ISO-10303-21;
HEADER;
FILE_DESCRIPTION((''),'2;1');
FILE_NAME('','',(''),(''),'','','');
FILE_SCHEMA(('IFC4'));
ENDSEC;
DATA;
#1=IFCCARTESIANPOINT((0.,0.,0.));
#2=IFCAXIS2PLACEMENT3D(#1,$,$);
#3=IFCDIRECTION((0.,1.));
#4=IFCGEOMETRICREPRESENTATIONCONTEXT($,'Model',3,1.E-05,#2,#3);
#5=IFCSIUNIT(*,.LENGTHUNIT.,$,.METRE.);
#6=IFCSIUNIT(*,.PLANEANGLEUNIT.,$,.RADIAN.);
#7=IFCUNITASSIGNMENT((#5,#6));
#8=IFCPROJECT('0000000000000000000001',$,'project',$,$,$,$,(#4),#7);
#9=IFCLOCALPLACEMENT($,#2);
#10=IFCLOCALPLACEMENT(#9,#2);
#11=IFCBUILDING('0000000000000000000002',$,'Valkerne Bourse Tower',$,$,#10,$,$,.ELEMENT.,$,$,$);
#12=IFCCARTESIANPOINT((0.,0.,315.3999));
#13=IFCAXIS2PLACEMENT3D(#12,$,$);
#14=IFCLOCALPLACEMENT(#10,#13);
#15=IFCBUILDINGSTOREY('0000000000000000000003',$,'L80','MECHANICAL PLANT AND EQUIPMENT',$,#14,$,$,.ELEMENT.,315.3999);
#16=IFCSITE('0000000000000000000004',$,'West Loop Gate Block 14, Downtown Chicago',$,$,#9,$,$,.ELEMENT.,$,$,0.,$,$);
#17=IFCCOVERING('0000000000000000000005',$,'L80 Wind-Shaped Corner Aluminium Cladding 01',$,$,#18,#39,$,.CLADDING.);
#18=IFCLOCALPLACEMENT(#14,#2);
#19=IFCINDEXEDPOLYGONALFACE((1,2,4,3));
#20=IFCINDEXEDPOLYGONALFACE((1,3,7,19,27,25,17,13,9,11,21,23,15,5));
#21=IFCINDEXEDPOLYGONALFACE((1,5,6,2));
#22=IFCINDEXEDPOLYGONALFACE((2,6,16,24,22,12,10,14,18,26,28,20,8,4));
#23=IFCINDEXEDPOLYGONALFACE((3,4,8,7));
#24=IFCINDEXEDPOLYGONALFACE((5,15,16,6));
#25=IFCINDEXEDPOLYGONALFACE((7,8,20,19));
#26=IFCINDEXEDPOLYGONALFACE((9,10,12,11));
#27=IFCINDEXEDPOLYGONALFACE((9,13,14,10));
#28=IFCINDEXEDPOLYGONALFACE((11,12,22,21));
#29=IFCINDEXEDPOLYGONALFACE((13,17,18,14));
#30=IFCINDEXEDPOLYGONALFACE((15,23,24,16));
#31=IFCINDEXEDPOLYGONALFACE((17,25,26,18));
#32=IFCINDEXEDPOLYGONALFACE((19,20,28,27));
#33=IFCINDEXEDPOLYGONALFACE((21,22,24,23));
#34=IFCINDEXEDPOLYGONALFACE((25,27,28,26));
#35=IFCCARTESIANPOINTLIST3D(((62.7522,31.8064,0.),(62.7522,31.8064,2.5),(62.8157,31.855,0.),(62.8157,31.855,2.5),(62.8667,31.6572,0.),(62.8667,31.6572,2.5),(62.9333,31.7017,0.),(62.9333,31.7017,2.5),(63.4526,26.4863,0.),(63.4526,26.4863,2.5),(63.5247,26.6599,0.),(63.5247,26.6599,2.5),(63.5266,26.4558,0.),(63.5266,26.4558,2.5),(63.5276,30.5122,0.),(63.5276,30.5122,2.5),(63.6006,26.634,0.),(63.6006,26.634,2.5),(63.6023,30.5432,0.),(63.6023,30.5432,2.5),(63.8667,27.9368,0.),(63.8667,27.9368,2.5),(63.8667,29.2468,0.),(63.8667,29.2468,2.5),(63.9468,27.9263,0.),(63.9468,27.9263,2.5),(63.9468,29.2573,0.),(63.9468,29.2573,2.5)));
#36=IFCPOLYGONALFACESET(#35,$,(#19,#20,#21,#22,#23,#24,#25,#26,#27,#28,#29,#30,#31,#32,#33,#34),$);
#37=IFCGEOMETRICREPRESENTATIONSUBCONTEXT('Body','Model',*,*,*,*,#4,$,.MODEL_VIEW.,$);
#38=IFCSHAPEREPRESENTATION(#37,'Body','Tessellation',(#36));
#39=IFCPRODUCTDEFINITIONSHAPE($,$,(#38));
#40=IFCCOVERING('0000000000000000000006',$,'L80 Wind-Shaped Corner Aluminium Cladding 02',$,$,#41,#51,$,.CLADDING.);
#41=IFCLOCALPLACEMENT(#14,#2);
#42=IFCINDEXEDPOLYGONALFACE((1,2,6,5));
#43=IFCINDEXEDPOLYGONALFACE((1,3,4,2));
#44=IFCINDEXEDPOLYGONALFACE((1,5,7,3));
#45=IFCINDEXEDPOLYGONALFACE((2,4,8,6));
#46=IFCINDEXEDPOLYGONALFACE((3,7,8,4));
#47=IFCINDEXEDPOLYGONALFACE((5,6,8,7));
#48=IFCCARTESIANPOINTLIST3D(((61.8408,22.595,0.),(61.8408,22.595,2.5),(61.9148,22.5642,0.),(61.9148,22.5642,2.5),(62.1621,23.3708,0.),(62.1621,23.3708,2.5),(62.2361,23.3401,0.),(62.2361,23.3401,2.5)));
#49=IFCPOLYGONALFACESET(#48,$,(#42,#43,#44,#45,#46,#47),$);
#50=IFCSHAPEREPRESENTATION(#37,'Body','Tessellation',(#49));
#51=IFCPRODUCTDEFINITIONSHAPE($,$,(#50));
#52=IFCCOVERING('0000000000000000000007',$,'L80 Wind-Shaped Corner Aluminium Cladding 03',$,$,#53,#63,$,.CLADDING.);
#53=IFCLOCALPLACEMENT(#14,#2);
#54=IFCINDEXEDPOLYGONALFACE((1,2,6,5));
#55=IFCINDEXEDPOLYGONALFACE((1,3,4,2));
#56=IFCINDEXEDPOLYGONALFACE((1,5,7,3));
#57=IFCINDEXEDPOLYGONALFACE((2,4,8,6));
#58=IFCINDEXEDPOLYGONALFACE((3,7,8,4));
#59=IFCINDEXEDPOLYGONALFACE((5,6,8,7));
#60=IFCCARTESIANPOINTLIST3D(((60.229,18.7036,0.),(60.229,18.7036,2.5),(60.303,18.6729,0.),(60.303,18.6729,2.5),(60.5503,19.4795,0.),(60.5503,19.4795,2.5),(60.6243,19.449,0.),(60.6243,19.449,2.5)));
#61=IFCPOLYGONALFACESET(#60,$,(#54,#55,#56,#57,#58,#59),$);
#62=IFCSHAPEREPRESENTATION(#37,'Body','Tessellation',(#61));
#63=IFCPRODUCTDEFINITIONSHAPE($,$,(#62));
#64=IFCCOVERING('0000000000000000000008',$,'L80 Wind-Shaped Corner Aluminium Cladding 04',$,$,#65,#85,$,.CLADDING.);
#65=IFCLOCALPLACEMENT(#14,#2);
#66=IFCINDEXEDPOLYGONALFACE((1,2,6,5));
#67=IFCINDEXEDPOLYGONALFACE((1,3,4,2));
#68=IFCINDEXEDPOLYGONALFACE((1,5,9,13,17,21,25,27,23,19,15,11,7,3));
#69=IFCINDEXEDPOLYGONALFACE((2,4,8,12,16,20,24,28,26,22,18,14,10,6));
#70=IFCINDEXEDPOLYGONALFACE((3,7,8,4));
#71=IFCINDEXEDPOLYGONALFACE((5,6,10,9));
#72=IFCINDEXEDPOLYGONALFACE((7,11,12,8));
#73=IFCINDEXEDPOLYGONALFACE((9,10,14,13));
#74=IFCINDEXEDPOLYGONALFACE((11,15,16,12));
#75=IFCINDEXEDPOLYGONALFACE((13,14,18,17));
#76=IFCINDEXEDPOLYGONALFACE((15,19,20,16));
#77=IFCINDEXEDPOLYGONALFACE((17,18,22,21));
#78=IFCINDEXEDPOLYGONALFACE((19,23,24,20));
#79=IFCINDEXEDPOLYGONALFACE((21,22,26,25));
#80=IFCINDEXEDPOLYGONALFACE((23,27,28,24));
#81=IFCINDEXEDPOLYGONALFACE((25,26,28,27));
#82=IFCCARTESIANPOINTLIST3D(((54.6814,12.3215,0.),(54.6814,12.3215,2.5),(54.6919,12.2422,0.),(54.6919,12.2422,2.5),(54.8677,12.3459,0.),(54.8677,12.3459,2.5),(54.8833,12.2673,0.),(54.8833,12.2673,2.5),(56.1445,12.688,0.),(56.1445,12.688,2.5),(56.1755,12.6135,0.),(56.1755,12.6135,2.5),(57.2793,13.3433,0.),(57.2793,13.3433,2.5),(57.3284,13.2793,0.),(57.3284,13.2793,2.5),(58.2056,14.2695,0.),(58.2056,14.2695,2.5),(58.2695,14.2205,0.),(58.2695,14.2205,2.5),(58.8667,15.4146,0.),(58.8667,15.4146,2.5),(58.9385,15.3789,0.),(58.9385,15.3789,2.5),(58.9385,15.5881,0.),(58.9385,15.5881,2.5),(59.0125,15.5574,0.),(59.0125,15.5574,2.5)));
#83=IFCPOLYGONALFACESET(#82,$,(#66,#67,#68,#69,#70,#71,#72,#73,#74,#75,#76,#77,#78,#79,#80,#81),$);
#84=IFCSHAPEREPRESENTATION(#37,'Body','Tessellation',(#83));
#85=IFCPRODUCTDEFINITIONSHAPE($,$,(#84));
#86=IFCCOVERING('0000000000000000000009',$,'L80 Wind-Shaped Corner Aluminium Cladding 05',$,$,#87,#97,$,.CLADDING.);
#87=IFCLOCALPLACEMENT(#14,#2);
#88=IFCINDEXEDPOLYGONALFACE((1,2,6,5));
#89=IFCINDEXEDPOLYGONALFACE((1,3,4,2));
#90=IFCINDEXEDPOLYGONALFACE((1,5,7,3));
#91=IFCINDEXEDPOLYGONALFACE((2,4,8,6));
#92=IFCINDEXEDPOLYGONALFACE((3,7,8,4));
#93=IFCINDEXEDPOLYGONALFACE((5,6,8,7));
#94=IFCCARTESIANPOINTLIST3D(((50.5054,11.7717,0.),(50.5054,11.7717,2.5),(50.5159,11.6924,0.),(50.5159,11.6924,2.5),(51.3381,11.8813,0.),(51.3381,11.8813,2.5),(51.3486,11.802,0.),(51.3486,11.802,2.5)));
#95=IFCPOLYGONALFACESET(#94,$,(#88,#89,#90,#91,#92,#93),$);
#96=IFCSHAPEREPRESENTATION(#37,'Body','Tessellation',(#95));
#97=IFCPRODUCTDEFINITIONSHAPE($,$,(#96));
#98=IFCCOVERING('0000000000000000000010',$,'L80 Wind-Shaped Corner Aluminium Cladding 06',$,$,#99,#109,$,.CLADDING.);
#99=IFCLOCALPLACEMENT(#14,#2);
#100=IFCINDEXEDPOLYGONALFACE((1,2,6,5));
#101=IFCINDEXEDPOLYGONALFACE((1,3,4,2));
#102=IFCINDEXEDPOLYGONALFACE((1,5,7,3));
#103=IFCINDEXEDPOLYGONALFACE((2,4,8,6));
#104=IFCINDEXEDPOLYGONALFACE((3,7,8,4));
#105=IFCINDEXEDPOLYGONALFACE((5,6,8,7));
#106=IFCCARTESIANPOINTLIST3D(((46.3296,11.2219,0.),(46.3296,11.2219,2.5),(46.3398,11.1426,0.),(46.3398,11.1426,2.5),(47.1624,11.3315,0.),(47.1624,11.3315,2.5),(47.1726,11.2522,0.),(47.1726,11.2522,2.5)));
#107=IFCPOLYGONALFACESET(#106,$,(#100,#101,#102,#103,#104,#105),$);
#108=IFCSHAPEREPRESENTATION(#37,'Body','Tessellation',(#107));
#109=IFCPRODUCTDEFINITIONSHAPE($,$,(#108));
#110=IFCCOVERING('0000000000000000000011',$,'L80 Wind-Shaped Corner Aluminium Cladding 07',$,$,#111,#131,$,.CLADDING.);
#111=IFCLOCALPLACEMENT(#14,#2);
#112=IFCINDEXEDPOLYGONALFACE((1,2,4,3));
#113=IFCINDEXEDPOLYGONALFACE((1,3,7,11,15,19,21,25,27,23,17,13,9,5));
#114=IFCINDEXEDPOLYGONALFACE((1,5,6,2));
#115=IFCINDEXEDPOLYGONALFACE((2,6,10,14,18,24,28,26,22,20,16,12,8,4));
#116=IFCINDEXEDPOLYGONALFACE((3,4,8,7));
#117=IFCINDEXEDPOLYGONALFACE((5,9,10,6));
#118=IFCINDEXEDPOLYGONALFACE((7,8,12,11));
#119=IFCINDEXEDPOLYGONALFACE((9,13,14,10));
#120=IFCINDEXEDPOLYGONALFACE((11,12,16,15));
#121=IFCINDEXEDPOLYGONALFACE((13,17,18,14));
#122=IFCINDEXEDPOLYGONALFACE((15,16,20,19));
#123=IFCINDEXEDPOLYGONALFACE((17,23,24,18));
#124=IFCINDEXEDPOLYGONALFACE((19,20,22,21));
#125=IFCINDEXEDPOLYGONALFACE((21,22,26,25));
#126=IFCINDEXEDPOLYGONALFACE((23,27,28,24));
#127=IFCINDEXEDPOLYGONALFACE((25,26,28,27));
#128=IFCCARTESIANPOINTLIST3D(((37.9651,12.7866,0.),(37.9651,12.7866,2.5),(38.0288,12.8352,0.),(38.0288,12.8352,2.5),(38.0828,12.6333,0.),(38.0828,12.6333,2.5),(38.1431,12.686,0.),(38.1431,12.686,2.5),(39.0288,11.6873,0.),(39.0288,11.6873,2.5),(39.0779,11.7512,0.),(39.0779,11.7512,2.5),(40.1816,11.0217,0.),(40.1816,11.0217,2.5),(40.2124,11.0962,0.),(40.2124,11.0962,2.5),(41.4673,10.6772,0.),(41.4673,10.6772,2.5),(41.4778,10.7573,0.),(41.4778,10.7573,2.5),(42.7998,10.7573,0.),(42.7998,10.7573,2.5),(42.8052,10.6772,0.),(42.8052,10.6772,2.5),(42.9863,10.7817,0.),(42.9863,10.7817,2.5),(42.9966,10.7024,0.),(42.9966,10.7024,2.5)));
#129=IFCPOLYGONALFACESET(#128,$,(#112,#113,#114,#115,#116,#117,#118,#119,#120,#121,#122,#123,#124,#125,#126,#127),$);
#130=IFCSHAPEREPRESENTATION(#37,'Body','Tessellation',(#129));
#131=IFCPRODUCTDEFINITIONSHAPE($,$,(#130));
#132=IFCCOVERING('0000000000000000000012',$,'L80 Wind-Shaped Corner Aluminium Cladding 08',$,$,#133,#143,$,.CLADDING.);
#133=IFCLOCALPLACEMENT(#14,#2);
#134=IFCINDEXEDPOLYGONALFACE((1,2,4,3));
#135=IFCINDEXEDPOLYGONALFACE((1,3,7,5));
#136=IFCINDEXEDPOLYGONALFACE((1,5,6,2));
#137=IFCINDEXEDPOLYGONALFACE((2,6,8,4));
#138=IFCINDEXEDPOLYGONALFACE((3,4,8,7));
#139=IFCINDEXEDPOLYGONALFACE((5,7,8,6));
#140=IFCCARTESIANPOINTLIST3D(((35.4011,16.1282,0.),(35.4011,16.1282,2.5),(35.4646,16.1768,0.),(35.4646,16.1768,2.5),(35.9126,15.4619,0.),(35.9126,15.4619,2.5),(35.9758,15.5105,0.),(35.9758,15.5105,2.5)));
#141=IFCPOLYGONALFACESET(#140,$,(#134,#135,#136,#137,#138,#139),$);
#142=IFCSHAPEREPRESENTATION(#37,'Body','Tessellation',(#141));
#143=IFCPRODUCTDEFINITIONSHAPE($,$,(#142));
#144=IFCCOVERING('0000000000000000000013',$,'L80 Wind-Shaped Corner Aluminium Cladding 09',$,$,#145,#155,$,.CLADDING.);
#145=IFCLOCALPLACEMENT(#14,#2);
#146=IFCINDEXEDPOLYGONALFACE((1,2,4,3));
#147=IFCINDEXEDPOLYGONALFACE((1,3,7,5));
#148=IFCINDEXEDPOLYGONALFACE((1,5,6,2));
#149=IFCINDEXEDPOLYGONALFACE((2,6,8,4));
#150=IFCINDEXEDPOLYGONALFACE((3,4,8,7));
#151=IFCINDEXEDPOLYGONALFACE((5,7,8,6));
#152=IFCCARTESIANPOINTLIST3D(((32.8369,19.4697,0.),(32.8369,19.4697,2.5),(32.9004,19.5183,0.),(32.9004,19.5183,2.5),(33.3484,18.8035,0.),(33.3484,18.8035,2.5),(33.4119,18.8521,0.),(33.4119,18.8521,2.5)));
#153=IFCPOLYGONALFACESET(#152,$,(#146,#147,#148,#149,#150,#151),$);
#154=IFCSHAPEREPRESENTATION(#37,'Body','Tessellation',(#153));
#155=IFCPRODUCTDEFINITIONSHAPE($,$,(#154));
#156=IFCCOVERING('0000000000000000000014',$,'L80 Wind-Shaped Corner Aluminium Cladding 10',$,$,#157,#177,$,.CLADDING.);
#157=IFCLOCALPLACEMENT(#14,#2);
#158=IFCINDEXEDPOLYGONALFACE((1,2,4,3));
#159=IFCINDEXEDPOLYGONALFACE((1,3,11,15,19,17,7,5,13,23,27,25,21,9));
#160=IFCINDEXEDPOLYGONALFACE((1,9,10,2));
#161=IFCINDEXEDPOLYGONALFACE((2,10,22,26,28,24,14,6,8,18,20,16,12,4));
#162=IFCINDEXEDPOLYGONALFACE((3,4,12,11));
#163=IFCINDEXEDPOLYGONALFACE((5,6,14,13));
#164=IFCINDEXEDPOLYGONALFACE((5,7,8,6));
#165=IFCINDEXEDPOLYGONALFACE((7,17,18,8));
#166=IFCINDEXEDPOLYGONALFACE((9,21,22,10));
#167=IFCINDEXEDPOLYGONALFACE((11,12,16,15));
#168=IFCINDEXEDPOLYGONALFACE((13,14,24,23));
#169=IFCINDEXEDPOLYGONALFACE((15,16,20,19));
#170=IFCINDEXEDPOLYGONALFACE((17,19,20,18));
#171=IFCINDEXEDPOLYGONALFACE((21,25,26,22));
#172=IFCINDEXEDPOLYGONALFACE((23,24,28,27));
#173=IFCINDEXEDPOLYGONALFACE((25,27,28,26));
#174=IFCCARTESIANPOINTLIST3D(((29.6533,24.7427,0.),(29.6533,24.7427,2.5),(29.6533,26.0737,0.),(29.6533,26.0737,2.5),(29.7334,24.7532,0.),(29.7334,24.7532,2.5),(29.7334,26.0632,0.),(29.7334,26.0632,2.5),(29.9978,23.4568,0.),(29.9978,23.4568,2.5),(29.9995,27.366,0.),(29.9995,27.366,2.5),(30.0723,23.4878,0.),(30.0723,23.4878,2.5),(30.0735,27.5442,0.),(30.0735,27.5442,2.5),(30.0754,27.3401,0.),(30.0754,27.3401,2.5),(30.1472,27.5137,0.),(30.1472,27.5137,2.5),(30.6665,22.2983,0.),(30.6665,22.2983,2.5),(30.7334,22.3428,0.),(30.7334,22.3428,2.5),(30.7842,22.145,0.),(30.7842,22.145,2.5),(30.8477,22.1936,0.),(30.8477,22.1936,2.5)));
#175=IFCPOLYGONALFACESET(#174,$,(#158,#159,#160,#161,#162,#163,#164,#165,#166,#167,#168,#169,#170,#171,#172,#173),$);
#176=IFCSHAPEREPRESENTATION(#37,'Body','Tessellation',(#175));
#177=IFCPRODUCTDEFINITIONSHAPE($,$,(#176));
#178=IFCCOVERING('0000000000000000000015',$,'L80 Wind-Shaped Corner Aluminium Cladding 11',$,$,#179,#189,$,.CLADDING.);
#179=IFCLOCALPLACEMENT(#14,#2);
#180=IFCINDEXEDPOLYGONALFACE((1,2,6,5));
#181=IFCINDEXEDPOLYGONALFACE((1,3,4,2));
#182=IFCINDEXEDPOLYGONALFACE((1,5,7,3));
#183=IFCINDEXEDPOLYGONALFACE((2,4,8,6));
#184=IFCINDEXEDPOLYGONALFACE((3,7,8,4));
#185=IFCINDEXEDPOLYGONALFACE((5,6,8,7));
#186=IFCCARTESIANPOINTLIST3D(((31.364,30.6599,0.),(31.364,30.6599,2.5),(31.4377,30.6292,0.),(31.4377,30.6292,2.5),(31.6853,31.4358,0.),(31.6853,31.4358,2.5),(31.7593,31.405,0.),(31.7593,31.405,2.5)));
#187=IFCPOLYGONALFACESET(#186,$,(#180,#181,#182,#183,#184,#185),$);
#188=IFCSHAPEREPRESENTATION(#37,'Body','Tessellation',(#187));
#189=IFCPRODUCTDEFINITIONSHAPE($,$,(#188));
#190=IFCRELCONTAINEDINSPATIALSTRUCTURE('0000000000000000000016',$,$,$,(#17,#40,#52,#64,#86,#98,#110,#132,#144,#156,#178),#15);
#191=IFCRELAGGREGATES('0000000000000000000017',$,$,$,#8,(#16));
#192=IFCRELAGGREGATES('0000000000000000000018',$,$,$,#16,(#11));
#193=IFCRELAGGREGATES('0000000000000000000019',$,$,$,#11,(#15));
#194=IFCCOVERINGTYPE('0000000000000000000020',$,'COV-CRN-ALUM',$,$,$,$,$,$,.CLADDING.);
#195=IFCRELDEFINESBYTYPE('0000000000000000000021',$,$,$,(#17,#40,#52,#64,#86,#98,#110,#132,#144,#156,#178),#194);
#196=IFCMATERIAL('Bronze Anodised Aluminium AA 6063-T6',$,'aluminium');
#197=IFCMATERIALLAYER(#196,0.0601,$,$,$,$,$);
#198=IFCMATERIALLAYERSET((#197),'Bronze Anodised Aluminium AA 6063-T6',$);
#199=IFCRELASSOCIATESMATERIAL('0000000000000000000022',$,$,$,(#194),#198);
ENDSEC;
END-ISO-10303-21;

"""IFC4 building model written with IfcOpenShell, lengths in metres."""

from ifc_helpers import new_model, si_unit, direction, frame, origin, place, context, subcontext, project, spatial, polyline, outline, extrude, material, layer, layer_set, type_object, element, save


model = new_model("IFC4")

# Units and contexts
model_context = context("Model", 3, precision=1e-05, world=origin(), true_north=direction((0.0, 1.0)))
body_context = subcontext(model_context, "Body", "Model", "MODEL_VIEW")
ifc_project = project(units=[si_unit("LENGTHUNIT", "METRE"), si_unit("PLANEANGLEUNIT", "RADIAN")], contexts=[model_context])

# Site, building, storey
site_placement = place(None, origin())
site = spatial("IfcSite", under=ifc_project, at=site_placement, Name="West Loop Gate Block 14, Downtown Chicago", CompositionType="ELEMENT", RefElevation=0.0)
building_placement = place(site_placement, origin())
building = spatial("IfcBuilding", under=site, at=building_placement, Name="Valkerne Bourse Tower", CompositionType="ELEMENT")
storey_placement = place(building_placement, frame((0.0, 0.0, 315.3999)))
storey = spatial("IfcBuildingStorey", under=building, at=storey_placement, Name="L80", Description="MECHANICAL PLANT AND EQUIPMENT", CompositionType="ELEMENT", Elevation=315.3999)

# Shared definitions
ifc_material_1 = material(Name="Bronze Anodised Aluminium AA 6063-T6", Category="aluminium")

# Coverings
ifc_layer_1 = layer(ifc_material_1, 0.0601)
ifc_layer_set_1 = layer_set([ifc_layer_1], Name="Bronze Anodised Aluminium AA 6063-T6")
covering_type_1 = type_object("IfcCoveringType", Name="COV-CRN-ALUM", PredefinedType="CLADDING", material=ifc_layer_set_1)
covering_1_placement = place(storey_placement, origin())
element("IfcCovering", 1, at=covering_1_placement, inside=storey, type_object=covering_type_1, Name="L80 Wind-Shaped Corner Aluminium Cladding 01", PredefinedType="CLADDING", context=body_context, shape_type="SweptSolid", body=[
    extrude(outline(polyline([(63.6023, 30.5432), (63.9468, 29.2573), (63.9468, 27.9263), (63.6006, 26.634), (63.5266, 26.4558), (63.4526, 26.4863), (63.5247, 26.6599), (63.8667, 27.9368), (63.8667, 29.2468), (63.5276, 30.5122), (62.8667, 31.6572), (62.7522, 31.8064), (62.8157, 31.855), (62.9333, 31.7017), (63.6023, 30.5432)])), origin(), (0.0, 0.0, 1.0), 2.5),
])
covering_2_placement = place(storey_placement, origin())
element("IfcCovering", 2, at=covering_2_placement, inside=storey, type_object=covering_type_1, Name="L80 Wind-Shaped Corner Aluminium Cladding 02", PredefinedType="CLADDING", context=body_context, shape_type="SweptSolid", body=[
    extrude(outline(polyline([(61.9148, 22.5642), (61.8408, 22.595), (62.1621, 23.3708), (62.2361, 23.3401), (61.9148, 22.5642)])), origin(), (0.0, 0.0, 1.0), 2.5),
])
covering_3_placement = place(storey_placement, origin())
element("IfcCovering", 3, at=covering_3_placement, inside=storey, type_object=covering_type_1, Name="L80 Wind-Shaped Corner Aluminium Cladding 03", PredefinedType="CLADDING", context=body_context, shape_type="SweptSolid", body=[
    extrude(outline(polyline([(60.303, 18.6729), (60.229, 18.7036), (60.5503, 19.4795), (60.6243, 19.449), (60.303, 18.6729)])), origin(), (0.0, 0.0, 1.0), 2.5),
])
covering_4_placement = place(storey_placement, origin())
element("IfcCovering", 4, at=covering_4_placement, inside=storey, type_object=covering_type_1, Name="L80 Wind-Shaped Corner Aluminium Cladding 04", PredefinedType="CLADDING", context=body_context, shape_type="SweptSolid", body=[
    extrude(outline(polyline([(58.9385, 15.3789), (58.2695, 14.2205), (57.3284, 13.2793), (56.1755, 12.6135), (54.8833, 12.2673), (54.6919, 12.2422), (54.6814, 12.3215), (54.8677, 12.3459), (56.1445, 12.688), (57.2793, 13.3433), (58.2056, 14.2695), (58.8667, 15.4146), (58.9385, 15.5881), (59.0125, 15.5574), (58.9385, 15.3789)])), origin(), (0.0, 0.0, 1.0), 2.5),
])
covering_5_placement = place(storey_placement, origin())
element("IfcCovering", 5, at=covering_5_placement, inside=storey, type_object=covering_type_1, Name="L80 Wind-Shaped Corner Aluminium Cladding 05", PredefinedType="CLADDING", context=body_context, shape_type="SweptSolid", body=[
    extrude(outline(polyline([(50.5159, 11.6924), (50.5054, 11.7717), (51.3381, 11.8813), (51.3486, 11.802), (50.5159, 11.6924)])), origin(), (0.0, 0.0, 1.0), 2.5),
])
covering_6_placement = place(storey_placement, origin())
element("IfcCovering", 6, at=covering_6_placement, inside=storey, type_object=covering_type_1, Name="L80 Wind-Shaped Corner Aluminium Cladding 06", PredefinedType="CLADDING", context=body_context, shape_type="SweptSolid", body=[
    extrude(outline(polyline([(46.3398, 11.1426), (46.3296, 11.2219), (47.1624, 11.3315), (47.1726, 11.2522), (46.3398, 11.1426)])), origin(), (0.0, 0.0, 1.0), 2.5),
])
covering_7_placement = place(storey_placement, origin())
element("IfcCovering", 7, at=covering_7_placement, inside=storey, type_object=covering_type_1, Name="L80 Wind-Shaped Corner Aluminium Cladding 07", PredefinedType="CLADDING", context=body_context, shape_type="SweptSolid", body=[
    extrude(outline(polyline([(42.8052, 10.6772), (41.4673, 10.6772), (40.1816, 11.0217), (39.0288, 11.6873), (38.0828, 12.6333), (37.9651, 12.7866), (38.0288, 12.8352), (38.1431, 12.686), (39.0779, 11.7512), (40.2124, 11.0962), (41.4778, 10.7573), (42.7998, 10.7573), (42.9863, 10.7817), (42.9966, 10.7024), (42.8052, 10.6772)])), origin(), (0.0, 0.0, 1.0), 2.5),
])
covering_8_placement = place(storey_placement, origin())
element("IfcCovering", 8, at=covering_8_placement, inside=storey, type_object=covering_type_1, Name="L80 Wind-Shaped Corner Aluminium Cladding 08", PredefinedType="CLADDING", context=body_context, shape_type="SweptSolid", body=[
    extrude(outline(polyline([(35.4011, 16.1282), (35.4646, 16.1768), (35.9758, 15.5105), (35.9126, 15.4619), (35.4011, 16.1282)])), origin(), (0.0, 0.0, 1.0), 2.5),
])
covering_9_placement = place(storey_placement, origin())
element("IfcCovering", 9, at=covering_9_placement, inside=storey, type_object=covering_type_1, Name="L80 Wind-Shaped Corner Aluminium Cladding 09", PredefinedType="CLADDING", context=body_context, shape_type="SweptSolid", body=[
    extrude(outline(polyline([(32.8369, 19.4697), (32.9004, 19.5183), (33.4119, 18.8521), (33.3484, 18.8035), (32.8369, 19.4697)])), origin(), (0.0, 0.0, 1.0), 2.5),
])
covering_10_placement = place(storey_placement, origin())
element("IfcCovering", 10, at=covering_10_placement, inside=storey, type_object=covering_type_1, Name="L80 Wind-Shaped Corner Aluminium Cladding 10", PredefinedType="CLADDING", context=body_context, shape_type="SweptSolid", body=[
    extrude(outline(polyline([(30.6665, 22.2983), (29.9978, 23.4568), (29.6533, 24.7427), (29.6533, 26.0737), (29.9995, 27.366), (30.0735, 27.5442), (30.1472, 27.5137), (30.0754, 27.3401), (29.7334, 26.0632), (29.7334, 24.7532), (30.0723, 23.4878), (30.7334, 22.3428), (30.8477, 22.1936), (30.7842, 22.145), (30.6665, 22.2983)])), origin(), (0.0, 0.0, 1.0), 2.5),
])
covering_11_placement = place(storey_placement, origin())
element("IfcCovering", 11, at=covering_11_placement, inside=storey, type_object=covering_type_1, Name="L80 Wind-Shaped Corner Aluminium Cladding 11", PredefinedType="CLADDING", context=body_context, shape_type="SweptSolid", body=[
    extrude(outline(polyline([(31.6853, 31.4358), (31.7593, 31.405), (31.4377, 30.6292), (31.364, 30.6599), (31.6853, 31.4358)])), origin(), (0.0, 0.0, 1.0), 2.5),
])

save(model, "model.ifc")
